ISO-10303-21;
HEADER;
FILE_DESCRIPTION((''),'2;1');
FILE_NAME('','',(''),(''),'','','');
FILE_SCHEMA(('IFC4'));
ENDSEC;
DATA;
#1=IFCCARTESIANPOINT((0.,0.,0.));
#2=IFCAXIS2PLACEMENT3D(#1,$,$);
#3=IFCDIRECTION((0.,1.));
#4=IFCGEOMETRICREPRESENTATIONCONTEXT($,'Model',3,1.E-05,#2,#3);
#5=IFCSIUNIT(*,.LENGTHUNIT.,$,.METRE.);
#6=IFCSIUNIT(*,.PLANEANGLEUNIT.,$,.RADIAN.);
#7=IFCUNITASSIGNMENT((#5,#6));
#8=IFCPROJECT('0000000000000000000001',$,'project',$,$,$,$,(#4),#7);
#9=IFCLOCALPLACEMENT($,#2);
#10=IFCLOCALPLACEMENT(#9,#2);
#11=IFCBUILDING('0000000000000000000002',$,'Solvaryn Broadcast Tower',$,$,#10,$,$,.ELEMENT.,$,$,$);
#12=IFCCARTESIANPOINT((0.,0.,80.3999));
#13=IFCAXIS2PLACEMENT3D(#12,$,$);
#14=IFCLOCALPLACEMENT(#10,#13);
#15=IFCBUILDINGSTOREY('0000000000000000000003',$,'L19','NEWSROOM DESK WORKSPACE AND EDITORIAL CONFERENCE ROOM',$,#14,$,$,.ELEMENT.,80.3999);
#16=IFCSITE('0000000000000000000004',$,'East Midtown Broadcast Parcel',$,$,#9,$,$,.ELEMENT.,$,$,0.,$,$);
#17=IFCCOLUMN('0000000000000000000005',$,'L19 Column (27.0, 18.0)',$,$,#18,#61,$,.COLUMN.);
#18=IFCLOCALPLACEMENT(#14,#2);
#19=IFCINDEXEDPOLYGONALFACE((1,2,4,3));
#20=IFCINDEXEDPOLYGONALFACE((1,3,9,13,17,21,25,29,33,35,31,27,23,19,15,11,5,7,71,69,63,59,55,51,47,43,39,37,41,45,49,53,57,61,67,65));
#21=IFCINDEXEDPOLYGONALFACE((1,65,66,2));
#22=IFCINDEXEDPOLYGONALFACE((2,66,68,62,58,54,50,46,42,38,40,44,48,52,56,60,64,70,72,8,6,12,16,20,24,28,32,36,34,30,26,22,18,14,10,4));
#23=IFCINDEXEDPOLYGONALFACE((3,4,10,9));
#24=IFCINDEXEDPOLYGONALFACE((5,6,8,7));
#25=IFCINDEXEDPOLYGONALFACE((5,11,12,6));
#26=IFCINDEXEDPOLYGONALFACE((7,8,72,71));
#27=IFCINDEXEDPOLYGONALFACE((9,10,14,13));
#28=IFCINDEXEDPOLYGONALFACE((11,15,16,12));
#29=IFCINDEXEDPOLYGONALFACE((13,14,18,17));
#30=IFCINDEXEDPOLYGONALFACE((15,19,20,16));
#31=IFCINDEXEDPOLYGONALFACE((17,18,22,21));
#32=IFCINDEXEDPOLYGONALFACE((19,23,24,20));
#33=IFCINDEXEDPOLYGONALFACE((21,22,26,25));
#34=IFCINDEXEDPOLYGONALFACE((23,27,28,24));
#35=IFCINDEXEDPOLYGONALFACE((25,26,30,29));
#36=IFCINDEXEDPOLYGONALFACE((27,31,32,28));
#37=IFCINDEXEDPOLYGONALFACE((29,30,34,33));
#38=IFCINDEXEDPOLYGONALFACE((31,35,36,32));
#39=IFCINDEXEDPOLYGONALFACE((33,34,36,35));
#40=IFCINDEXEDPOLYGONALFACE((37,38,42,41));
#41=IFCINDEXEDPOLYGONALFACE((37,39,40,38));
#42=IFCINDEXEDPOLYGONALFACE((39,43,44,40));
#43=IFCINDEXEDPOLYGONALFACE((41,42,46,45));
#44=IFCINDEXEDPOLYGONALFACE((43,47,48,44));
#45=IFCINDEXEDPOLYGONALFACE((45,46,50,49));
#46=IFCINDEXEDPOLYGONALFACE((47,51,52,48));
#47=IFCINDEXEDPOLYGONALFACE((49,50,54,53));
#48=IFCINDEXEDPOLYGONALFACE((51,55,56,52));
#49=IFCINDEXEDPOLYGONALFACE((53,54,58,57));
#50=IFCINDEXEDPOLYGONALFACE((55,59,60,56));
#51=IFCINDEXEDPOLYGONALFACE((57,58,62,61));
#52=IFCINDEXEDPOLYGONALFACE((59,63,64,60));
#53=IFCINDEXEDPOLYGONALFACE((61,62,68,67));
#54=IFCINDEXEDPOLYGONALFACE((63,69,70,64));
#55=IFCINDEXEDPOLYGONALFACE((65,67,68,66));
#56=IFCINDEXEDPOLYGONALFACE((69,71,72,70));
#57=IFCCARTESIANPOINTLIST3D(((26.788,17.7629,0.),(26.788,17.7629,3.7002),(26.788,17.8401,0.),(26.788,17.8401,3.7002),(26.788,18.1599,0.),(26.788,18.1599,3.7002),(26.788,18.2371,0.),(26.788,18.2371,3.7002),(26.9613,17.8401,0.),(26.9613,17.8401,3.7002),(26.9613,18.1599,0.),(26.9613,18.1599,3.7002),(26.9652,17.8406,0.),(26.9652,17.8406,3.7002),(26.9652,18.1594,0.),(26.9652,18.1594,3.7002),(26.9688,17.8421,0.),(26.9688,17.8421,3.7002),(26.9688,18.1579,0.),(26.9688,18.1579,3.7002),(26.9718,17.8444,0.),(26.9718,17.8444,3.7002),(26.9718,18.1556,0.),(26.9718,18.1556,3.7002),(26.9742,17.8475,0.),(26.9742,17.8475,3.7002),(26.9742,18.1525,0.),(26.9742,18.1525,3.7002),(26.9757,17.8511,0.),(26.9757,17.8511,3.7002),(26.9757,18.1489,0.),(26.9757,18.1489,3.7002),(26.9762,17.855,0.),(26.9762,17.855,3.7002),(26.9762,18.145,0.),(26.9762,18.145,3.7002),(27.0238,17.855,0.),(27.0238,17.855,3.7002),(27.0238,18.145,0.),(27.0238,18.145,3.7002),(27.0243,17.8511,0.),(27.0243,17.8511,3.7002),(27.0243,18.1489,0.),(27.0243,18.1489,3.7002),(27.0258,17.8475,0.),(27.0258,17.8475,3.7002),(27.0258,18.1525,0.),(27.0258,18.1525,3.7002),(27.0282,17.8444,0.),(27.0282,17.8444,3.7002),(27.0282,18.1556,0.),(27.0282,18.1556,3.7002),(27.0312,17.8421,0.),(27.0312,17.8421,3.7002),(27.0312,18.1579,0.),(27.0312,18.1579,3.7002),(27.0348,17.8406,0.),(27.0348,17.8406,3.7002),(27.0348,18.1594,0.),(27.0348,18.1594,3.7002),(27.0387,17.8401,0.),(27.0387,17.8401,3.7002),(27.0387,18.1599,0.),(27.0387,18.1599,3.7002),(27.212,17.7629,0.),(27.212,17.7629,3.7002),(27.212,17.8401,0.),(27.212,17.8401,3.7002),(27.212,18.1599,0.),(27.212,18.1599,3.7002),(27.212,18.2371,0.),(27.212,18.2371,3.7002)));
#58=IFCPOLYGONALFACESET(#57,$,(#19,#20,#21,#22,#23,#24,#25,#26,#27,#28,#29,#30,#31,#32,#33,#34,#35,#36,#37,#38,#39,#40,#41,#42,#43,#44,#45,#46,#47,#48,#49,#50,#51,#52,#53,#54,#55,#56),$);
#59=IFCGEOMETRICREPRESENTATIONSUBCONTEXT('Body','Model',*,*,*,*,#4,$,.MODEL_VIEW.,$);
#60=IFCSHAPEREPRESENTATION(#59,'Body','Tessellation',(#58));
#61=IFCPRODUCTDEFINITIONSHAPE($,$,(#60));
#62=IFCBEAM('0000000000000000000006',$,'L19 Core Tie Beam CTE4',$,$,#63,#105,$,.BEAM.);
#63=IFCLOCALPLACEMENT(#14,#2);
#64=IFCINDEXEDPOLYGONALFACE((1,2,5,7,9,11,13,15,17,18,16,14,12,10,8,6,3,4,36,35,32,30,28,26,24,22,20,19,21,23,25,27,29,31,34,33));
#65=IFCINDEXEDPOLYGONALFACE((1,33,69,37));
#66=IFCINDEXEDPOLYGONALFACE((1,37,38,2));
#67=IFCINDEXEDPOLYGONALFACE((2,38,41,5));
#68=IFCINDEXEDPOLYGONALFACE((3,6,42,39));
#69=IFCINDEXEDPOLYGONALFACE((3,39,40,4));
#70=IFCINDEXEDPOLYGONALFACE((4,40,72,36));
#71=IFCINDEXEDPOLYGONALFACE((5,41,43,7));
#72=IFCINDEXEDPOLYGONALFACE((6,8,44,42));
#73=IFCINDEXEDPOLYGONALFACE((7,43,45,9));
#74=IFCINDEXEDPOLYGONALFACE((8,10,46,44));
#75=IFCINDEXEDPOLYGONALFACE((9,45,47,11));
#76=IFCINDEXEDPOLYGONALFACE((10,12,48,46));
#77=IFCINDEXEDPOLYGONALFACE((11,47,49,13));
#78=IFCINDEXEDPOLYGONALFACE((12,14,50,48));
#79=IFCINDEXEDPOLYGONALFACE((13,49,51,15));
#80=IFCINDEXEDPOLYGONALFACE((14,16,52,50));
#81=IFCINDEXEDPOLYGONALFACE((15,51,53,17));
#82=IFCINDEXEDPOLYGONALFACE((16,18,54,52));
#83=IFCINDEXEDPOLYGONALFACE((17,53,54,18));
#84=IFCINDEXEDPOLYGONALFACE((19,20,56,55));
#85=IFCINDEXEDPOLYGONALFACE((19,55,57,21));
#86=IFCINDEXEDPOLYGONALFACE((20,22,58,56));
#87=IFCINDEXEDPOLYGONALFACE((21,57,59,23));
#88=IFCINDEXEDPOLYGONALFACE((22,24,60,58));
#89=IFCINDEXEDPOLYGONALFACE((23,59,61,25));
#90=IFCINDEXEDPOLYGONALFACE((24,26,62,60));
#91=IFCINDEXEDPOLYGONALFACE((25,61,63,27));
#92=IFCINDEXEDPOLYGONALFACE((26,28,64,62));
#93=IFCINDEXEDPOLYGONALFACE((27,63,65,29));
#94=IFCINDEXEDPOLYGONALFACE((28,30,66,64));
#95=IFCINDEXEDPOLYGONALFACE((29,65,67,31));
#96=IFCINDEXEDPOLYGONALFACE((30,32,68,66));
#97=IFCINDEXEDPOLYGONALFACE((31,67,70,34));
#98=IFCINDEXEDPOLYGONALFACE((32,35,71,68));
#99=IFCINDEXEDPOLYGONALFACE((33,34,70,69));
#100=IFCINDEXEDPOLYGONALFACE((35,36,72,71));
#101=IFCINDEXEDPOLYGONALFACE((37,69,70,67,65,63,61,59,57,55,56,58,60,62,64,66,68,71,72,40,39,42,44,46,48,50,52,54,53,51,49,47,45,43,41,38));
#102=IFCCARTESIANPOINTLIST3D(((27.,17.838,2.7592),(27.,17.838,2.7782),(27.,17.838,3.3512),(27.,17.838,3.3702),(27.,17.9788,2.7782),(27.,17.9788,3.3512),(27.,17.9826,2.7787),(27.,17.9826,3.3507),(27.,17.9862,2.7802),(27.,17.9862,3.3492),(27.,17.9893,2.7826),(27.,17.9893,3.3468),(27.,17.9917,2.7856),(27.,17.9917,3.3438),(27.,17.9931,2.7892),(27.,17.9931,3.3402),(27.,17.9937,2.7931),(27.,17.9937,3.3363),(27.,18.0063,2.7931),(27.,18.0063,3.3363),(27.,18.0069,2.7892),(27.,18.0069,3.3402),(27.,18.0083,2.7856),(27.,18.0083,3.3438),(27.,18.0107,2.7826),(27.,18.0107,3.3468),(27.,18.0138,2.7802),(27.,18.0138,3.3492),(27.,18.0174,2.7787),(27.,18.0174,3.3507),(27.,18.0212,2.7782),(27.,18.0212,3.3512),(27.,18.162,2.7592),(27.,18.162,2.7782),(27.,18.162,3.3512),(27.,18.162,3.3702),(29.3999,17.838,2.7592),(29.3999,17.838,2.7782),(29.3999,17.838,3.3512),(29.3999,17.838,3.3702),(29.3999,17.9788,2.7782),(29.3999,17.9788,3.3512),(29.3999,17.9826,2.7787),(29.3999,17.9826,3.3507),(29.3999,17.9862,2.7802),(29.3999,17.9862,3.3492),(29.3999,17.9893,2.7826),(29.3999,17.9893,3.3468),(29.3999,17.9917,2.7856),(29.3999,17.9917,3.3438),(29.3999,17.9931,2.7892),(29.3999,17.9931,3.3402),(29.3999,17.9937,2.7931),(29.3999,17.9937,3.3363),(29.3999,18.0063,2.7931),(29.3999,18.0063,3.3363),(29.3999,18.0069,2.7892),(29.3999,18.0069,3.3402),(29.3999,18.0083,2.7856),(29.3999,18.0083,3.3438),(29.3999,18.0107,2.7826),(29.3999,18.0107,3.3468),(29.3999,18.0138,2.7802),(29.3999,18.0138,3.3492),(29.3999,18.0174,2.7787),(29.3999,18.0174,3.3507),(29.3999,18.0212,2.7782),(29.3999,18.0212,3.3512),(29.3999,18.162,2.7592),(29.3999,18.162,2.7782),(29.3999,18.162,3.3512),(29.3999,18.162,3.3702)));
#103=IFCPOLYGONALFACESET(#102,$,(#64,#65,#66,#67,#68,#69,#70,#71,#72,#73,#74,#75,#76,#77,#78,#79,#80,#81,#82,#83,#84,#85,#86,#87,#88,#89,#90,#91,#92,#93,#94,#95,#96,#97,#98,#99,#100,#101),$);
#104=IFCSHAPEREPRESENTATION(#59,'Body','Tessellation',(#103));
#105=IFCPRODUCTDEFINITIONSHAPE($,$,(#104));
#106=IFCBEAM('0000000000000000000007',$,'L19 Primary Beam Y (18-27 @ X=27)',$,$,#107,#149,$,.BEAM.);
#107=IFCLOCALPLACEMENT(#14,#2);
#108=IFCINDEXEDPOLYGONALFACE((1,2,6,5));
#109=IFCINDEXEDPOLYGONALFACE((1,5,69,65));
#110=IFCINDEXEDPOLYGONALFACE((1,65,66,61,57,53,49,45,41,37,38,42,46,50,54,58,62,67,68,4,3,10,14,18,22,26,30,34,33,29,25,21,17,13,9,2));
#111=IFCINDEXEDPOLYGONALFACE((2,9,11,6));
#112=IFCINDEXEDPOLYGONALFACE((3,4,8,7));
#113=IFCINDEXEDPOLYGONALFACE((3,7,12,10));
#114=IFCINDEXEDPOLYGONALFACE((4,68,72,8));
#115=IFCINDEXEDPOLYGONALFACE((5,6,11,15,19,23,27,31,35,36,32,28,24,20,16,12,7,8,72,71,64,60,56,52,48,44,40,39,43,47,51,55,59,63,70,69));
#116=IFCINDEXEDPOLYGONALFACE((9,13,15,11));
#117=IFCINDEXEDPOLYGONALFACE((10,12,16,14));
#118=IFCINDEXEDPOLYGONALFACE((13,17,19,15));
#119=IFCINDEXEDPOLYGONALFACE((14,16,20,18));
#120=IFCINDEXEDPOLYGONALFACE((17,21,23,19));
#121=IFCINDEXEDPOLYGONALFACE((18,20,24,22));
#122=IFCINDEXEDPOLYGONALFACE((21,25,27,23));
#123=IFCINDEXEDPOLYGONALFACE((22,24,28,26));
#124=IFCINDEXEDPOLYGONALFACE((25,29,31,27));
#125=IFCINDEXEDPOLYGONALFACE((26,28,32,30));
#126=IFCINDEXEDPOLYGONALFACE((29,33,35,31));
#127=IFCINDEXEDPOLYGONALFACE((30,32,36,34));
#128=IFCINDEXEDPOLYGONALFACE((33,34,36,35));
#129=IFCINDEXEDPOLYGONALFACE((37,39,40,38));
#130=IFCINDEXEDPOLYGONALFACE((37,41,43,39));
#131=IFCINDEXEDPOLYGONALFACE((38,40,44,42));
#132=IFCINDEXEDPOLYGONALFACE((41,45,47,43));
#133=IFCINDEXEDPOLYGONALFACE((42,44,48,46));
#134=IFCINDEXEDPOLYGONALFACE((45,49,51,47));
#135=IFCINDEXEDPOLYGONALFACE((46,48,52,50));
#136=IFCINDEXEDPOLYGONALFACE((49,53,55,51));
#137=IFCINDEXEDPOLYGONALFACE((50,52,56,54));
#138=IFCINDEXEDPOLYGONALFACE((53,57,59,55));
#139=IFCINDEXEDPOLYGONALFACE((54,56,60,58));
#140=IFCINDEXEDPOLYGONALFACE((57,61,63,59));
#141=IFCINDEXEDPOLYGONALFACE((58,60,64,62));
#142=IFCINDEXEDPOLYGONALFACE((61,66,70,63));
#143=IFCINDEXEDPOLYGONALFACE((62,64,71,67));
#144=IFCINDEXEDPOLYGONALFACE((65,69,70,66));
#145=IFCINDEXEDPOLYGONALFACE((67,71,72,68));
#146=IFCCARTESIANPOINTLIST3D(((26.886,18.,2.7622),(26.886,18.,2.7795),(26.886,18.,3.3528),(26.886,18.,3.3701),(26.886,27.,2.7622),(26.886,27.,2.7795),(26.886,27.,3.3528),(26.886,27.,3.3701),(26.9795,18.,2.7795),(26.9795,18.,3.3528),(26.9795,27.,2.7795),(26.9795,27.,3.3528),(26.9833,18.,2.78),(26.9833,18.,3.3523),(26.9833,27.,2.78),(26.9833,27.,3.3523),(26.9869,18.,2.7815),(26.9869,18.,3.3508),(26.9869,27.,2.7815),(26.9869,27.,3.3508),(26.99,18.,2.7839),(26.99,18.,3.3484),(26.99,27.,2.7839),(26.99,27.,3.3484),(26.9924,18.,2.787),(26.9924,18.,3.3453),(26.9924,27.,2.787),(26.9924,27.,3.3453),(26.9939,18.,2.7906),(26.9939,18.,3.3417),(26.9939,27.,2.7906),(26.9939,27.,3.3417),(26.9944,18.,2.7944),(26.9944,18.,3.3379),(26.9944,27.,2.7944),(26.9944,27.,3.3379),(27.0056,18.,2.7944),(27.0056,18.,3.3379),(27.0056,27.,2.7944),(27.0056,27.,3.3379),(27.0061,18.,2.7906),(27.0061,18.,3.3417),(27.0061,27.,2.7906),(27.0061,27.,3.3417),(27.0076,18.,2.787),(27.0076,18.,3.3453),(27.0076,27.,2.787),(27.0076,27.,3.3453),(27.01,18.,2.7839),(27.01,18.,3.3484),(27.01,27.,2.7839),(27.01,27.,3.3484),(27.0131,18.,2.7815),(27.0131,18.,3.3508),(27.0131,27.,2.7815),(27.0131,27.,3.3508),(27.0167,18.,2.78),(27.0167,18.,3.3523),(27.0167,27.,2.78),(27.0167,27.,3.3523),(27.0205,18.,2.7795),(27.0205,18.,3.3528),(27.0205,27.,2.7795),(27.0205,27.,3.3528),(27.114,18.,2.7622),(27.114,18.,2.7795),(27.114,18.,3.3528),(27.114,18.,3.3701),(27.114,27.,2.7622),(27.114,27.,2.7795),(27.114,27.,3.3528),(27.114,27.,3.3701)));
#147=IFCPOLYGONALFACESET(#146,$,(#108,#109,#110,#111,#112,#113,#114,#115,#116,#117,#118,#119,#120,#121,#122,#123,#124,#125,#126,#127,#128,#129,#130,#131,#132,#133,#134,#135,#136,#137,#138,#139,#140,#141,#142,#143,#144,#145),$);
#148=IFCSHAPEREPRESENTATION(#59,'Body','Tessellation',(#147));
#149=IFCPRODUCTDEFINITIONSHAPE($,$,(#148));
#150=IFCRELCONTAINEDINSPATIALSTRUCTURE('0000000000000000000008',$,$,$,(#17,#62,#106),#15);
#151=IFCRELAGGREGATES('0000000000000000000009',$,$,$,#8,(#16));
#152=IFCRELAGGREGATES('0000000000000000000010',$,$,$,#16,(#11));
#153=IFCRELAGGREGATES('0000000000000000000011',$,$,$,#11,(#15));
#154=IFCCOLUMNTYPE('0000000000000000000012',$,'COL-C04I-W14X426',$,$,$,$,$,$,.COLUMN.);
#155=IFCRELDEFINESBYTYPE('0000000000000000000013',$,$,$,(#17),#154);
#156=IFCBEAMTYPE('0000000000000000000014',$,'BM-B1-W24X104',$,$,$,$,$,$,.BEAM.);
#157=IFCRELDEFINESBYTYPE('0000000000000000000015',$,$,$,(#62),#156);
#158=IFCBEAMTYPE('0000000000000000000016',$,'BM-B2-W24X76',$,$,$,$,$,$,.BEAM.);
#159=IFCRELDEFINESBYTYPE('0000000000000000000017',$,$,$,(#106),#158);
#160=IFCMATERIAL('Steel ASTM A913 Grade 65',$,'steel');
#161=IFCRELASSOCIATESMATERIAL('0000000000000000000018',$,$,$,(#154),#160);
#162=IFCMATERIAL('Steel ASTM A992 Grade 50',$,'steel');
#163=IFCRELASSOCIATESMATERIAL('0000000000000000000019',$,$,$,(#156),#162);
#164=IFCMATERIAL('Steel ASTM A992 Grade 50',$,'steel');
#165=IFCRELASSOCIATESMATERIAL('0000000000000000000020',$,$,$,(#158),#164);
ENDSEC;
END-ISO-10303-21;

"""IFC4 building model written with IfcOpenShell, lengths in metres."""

from ifc_helpers import new_model, si_unit, direction, frame, origin, origin_2d, place, context, subcontext, project, spatial, i_section, extrude, material, material_profile, profile_set, type_object, element, save


model = new_model("IFC4")

# Units and contexts
model_context = context("Model", 3, precision=1e-05, world=origin(), true_north=direction((0.0, 1.0)))
body_context = subcontext(model_context, "Body", "Model", "MODEL_VIEW")
ifc_project = project(units=[si_unit("LENGTHUNIT", "METRE"), si_unit("PLANEANGLEUNIT", "RADIAN")], contexts=[model_context])

# Site, building, storey
site_placement = place(None, origin())
site = spatial("IfcSite", under=ifc_project, at=site_placement, Name="East Midtown Broadcast Parcel", CompositionType="ELEMENT", RefElevation=0.0)
building_placement = place(site_placement, origin())
building = spatial("IfcBuilding", under=site, at=building_placement, Name="Solvaryn Broadcast Tower", CompositionType="ELEMENT")
storey_placement = place(building_placement, frame((0.0, 0.0, 80.3999)))
storey = spatial("IfcBuildingStorey", under=building, at=storey_placement, Name="L19", Description="NEWSROOM DESK WORKSPACE AND EDITORIAL CONFERENCE ROOM", CompositionType="ELEMENT", Elevation=80.3999)

# Column
ifc_material_1 = material(Name="Steel ASTM A913 Grade 65", Category="steel")
ifc_material_profile_1 = material_profile(ifc_material_1, i_section(OverallWidth=0.4241, OverallDepth=0.4741, WebThickness=0.0476, FlangeThickness=0.0771, FilletRadius=0.0149, at=origin_2d()))
ifc_profile_set_1 = profile_set([ifc_material_profile_1], Name="Steel ASTM A913 Grade 65")
column_type = type_object("IfcColumnType", Name="COL-C04I-W14X426", PredefinedType="COLUMN", material=ifc_profile_set_1)
column_placement = place(storey_placement, frame((27.0, 18.0, 0.0), z_axis=(0.0, 0.0, 1.0), x_axis=(1.0, 0.0, 0.0)))
element("IfcColumn", 1, at=column_placement, inside=storey, type_object=column_type, Name="L19 Column (27.0, 18.0)", PredefinedType="COLUMN", context=body_context, shape_type="SweptSolid", body=[
    extrude(i_section(OverallWidth=0.4241, OverallDepth=0.4741, WebThickness=0.0476, FlangeThickness=0.0771, FilletRadius=0.0149, at=origin_2d()), origin(), (0.0, 0.0, 1.0), 3.7002),
])

# Beams
ifc_material_2 = material(Name="Steel ASTM A992 Grade 50", Category="steel")
ifc_material_profile_2 = material_profile(ifc_material_2, i_section(OverallWidth=0.324, OverallDepth=0.6111, WebThickness=0.0127, FlangeThickness=0.019, FilletRadius=0.0149, at=origin_2d()))
ifc_profile_set_2 = profile_set([ifc_material_profile_2], Name="Steel ASTM A992 Grade 50")
beam_type_1 = type_object("IfcBeamType", Name="BM-B1-W24X104", PredefinedType="BEAM", material=ifc_profile_set_2)
beam_1_placement = place(storey_placement, frame((27.0, 18.0, 3.0647), z_axis=(1.0, 0.0, 0.0), x_axis=(0.0, 1.0, 0.0)))
element("IfcBeam", 2, at=beam_1_placement, inside=storey, type_object=beam_type_1, Name="L19 Core Tie Beam CTE4", PredefinedType="BEAM", context=body_context, shape_type="SweptSolid", body=[
    extrude(i_section(OverallWidth=0.324, OverallDepth=0.6111, WebThickness=0.0127, FlangeThickness=0.019, FilletRadius=0.0149, at=origin_2d()), origin(), (0.0, 0.0, 1.0), 2.3999),
])
ifc_material_3 = material(Name="Steel ASTM A992 Grade 50", Category="steel")
ifc_material_profile_3 = material_profile(ifc_material_3, i_section(OverallWidth=0.228, OverallDepth=0.6079, WebThickness=0.0112, FlangeThickness=0.0173, FilletRadius=0.0149, at=origin_2d()))
ifc_profile_set_3 = profile_set([ifc_material_profile_3], Name="Steel ASTM A992 Grade 50")
beam_type_2 = type_object("IfcBeamType", Name="BM-B2-W24X76", PredefinedType="BEAM", material=ifc_profile_set_3)
beam_2_placement = place(storey_placement, frame((27.0, 18.0, 3.0662), z_axis=(0.0, 1.0, 0.0), x_axis=(-1.0, 0.0, 0.0)))
element("IfcBeam", 3, at=beam_2_placement, inside=storey, type_object=beam_type_2, Name="L19 Primary Beam Y (18-27 @ X=27)", PredefinedType="BEAM", context=body_context, shape_type="SweptSolid", body=[
    extrude(i_section(OverallWidth=0.228, OverallDepth=0.6079, WebThickness=0.0112, FlangeThickness=0.0173, FilletRadius=0.0149, at=origin_2d()), origin(), (0.0, 0.0, 1.0), 9.0),
])

save(model, "model.ifc")
